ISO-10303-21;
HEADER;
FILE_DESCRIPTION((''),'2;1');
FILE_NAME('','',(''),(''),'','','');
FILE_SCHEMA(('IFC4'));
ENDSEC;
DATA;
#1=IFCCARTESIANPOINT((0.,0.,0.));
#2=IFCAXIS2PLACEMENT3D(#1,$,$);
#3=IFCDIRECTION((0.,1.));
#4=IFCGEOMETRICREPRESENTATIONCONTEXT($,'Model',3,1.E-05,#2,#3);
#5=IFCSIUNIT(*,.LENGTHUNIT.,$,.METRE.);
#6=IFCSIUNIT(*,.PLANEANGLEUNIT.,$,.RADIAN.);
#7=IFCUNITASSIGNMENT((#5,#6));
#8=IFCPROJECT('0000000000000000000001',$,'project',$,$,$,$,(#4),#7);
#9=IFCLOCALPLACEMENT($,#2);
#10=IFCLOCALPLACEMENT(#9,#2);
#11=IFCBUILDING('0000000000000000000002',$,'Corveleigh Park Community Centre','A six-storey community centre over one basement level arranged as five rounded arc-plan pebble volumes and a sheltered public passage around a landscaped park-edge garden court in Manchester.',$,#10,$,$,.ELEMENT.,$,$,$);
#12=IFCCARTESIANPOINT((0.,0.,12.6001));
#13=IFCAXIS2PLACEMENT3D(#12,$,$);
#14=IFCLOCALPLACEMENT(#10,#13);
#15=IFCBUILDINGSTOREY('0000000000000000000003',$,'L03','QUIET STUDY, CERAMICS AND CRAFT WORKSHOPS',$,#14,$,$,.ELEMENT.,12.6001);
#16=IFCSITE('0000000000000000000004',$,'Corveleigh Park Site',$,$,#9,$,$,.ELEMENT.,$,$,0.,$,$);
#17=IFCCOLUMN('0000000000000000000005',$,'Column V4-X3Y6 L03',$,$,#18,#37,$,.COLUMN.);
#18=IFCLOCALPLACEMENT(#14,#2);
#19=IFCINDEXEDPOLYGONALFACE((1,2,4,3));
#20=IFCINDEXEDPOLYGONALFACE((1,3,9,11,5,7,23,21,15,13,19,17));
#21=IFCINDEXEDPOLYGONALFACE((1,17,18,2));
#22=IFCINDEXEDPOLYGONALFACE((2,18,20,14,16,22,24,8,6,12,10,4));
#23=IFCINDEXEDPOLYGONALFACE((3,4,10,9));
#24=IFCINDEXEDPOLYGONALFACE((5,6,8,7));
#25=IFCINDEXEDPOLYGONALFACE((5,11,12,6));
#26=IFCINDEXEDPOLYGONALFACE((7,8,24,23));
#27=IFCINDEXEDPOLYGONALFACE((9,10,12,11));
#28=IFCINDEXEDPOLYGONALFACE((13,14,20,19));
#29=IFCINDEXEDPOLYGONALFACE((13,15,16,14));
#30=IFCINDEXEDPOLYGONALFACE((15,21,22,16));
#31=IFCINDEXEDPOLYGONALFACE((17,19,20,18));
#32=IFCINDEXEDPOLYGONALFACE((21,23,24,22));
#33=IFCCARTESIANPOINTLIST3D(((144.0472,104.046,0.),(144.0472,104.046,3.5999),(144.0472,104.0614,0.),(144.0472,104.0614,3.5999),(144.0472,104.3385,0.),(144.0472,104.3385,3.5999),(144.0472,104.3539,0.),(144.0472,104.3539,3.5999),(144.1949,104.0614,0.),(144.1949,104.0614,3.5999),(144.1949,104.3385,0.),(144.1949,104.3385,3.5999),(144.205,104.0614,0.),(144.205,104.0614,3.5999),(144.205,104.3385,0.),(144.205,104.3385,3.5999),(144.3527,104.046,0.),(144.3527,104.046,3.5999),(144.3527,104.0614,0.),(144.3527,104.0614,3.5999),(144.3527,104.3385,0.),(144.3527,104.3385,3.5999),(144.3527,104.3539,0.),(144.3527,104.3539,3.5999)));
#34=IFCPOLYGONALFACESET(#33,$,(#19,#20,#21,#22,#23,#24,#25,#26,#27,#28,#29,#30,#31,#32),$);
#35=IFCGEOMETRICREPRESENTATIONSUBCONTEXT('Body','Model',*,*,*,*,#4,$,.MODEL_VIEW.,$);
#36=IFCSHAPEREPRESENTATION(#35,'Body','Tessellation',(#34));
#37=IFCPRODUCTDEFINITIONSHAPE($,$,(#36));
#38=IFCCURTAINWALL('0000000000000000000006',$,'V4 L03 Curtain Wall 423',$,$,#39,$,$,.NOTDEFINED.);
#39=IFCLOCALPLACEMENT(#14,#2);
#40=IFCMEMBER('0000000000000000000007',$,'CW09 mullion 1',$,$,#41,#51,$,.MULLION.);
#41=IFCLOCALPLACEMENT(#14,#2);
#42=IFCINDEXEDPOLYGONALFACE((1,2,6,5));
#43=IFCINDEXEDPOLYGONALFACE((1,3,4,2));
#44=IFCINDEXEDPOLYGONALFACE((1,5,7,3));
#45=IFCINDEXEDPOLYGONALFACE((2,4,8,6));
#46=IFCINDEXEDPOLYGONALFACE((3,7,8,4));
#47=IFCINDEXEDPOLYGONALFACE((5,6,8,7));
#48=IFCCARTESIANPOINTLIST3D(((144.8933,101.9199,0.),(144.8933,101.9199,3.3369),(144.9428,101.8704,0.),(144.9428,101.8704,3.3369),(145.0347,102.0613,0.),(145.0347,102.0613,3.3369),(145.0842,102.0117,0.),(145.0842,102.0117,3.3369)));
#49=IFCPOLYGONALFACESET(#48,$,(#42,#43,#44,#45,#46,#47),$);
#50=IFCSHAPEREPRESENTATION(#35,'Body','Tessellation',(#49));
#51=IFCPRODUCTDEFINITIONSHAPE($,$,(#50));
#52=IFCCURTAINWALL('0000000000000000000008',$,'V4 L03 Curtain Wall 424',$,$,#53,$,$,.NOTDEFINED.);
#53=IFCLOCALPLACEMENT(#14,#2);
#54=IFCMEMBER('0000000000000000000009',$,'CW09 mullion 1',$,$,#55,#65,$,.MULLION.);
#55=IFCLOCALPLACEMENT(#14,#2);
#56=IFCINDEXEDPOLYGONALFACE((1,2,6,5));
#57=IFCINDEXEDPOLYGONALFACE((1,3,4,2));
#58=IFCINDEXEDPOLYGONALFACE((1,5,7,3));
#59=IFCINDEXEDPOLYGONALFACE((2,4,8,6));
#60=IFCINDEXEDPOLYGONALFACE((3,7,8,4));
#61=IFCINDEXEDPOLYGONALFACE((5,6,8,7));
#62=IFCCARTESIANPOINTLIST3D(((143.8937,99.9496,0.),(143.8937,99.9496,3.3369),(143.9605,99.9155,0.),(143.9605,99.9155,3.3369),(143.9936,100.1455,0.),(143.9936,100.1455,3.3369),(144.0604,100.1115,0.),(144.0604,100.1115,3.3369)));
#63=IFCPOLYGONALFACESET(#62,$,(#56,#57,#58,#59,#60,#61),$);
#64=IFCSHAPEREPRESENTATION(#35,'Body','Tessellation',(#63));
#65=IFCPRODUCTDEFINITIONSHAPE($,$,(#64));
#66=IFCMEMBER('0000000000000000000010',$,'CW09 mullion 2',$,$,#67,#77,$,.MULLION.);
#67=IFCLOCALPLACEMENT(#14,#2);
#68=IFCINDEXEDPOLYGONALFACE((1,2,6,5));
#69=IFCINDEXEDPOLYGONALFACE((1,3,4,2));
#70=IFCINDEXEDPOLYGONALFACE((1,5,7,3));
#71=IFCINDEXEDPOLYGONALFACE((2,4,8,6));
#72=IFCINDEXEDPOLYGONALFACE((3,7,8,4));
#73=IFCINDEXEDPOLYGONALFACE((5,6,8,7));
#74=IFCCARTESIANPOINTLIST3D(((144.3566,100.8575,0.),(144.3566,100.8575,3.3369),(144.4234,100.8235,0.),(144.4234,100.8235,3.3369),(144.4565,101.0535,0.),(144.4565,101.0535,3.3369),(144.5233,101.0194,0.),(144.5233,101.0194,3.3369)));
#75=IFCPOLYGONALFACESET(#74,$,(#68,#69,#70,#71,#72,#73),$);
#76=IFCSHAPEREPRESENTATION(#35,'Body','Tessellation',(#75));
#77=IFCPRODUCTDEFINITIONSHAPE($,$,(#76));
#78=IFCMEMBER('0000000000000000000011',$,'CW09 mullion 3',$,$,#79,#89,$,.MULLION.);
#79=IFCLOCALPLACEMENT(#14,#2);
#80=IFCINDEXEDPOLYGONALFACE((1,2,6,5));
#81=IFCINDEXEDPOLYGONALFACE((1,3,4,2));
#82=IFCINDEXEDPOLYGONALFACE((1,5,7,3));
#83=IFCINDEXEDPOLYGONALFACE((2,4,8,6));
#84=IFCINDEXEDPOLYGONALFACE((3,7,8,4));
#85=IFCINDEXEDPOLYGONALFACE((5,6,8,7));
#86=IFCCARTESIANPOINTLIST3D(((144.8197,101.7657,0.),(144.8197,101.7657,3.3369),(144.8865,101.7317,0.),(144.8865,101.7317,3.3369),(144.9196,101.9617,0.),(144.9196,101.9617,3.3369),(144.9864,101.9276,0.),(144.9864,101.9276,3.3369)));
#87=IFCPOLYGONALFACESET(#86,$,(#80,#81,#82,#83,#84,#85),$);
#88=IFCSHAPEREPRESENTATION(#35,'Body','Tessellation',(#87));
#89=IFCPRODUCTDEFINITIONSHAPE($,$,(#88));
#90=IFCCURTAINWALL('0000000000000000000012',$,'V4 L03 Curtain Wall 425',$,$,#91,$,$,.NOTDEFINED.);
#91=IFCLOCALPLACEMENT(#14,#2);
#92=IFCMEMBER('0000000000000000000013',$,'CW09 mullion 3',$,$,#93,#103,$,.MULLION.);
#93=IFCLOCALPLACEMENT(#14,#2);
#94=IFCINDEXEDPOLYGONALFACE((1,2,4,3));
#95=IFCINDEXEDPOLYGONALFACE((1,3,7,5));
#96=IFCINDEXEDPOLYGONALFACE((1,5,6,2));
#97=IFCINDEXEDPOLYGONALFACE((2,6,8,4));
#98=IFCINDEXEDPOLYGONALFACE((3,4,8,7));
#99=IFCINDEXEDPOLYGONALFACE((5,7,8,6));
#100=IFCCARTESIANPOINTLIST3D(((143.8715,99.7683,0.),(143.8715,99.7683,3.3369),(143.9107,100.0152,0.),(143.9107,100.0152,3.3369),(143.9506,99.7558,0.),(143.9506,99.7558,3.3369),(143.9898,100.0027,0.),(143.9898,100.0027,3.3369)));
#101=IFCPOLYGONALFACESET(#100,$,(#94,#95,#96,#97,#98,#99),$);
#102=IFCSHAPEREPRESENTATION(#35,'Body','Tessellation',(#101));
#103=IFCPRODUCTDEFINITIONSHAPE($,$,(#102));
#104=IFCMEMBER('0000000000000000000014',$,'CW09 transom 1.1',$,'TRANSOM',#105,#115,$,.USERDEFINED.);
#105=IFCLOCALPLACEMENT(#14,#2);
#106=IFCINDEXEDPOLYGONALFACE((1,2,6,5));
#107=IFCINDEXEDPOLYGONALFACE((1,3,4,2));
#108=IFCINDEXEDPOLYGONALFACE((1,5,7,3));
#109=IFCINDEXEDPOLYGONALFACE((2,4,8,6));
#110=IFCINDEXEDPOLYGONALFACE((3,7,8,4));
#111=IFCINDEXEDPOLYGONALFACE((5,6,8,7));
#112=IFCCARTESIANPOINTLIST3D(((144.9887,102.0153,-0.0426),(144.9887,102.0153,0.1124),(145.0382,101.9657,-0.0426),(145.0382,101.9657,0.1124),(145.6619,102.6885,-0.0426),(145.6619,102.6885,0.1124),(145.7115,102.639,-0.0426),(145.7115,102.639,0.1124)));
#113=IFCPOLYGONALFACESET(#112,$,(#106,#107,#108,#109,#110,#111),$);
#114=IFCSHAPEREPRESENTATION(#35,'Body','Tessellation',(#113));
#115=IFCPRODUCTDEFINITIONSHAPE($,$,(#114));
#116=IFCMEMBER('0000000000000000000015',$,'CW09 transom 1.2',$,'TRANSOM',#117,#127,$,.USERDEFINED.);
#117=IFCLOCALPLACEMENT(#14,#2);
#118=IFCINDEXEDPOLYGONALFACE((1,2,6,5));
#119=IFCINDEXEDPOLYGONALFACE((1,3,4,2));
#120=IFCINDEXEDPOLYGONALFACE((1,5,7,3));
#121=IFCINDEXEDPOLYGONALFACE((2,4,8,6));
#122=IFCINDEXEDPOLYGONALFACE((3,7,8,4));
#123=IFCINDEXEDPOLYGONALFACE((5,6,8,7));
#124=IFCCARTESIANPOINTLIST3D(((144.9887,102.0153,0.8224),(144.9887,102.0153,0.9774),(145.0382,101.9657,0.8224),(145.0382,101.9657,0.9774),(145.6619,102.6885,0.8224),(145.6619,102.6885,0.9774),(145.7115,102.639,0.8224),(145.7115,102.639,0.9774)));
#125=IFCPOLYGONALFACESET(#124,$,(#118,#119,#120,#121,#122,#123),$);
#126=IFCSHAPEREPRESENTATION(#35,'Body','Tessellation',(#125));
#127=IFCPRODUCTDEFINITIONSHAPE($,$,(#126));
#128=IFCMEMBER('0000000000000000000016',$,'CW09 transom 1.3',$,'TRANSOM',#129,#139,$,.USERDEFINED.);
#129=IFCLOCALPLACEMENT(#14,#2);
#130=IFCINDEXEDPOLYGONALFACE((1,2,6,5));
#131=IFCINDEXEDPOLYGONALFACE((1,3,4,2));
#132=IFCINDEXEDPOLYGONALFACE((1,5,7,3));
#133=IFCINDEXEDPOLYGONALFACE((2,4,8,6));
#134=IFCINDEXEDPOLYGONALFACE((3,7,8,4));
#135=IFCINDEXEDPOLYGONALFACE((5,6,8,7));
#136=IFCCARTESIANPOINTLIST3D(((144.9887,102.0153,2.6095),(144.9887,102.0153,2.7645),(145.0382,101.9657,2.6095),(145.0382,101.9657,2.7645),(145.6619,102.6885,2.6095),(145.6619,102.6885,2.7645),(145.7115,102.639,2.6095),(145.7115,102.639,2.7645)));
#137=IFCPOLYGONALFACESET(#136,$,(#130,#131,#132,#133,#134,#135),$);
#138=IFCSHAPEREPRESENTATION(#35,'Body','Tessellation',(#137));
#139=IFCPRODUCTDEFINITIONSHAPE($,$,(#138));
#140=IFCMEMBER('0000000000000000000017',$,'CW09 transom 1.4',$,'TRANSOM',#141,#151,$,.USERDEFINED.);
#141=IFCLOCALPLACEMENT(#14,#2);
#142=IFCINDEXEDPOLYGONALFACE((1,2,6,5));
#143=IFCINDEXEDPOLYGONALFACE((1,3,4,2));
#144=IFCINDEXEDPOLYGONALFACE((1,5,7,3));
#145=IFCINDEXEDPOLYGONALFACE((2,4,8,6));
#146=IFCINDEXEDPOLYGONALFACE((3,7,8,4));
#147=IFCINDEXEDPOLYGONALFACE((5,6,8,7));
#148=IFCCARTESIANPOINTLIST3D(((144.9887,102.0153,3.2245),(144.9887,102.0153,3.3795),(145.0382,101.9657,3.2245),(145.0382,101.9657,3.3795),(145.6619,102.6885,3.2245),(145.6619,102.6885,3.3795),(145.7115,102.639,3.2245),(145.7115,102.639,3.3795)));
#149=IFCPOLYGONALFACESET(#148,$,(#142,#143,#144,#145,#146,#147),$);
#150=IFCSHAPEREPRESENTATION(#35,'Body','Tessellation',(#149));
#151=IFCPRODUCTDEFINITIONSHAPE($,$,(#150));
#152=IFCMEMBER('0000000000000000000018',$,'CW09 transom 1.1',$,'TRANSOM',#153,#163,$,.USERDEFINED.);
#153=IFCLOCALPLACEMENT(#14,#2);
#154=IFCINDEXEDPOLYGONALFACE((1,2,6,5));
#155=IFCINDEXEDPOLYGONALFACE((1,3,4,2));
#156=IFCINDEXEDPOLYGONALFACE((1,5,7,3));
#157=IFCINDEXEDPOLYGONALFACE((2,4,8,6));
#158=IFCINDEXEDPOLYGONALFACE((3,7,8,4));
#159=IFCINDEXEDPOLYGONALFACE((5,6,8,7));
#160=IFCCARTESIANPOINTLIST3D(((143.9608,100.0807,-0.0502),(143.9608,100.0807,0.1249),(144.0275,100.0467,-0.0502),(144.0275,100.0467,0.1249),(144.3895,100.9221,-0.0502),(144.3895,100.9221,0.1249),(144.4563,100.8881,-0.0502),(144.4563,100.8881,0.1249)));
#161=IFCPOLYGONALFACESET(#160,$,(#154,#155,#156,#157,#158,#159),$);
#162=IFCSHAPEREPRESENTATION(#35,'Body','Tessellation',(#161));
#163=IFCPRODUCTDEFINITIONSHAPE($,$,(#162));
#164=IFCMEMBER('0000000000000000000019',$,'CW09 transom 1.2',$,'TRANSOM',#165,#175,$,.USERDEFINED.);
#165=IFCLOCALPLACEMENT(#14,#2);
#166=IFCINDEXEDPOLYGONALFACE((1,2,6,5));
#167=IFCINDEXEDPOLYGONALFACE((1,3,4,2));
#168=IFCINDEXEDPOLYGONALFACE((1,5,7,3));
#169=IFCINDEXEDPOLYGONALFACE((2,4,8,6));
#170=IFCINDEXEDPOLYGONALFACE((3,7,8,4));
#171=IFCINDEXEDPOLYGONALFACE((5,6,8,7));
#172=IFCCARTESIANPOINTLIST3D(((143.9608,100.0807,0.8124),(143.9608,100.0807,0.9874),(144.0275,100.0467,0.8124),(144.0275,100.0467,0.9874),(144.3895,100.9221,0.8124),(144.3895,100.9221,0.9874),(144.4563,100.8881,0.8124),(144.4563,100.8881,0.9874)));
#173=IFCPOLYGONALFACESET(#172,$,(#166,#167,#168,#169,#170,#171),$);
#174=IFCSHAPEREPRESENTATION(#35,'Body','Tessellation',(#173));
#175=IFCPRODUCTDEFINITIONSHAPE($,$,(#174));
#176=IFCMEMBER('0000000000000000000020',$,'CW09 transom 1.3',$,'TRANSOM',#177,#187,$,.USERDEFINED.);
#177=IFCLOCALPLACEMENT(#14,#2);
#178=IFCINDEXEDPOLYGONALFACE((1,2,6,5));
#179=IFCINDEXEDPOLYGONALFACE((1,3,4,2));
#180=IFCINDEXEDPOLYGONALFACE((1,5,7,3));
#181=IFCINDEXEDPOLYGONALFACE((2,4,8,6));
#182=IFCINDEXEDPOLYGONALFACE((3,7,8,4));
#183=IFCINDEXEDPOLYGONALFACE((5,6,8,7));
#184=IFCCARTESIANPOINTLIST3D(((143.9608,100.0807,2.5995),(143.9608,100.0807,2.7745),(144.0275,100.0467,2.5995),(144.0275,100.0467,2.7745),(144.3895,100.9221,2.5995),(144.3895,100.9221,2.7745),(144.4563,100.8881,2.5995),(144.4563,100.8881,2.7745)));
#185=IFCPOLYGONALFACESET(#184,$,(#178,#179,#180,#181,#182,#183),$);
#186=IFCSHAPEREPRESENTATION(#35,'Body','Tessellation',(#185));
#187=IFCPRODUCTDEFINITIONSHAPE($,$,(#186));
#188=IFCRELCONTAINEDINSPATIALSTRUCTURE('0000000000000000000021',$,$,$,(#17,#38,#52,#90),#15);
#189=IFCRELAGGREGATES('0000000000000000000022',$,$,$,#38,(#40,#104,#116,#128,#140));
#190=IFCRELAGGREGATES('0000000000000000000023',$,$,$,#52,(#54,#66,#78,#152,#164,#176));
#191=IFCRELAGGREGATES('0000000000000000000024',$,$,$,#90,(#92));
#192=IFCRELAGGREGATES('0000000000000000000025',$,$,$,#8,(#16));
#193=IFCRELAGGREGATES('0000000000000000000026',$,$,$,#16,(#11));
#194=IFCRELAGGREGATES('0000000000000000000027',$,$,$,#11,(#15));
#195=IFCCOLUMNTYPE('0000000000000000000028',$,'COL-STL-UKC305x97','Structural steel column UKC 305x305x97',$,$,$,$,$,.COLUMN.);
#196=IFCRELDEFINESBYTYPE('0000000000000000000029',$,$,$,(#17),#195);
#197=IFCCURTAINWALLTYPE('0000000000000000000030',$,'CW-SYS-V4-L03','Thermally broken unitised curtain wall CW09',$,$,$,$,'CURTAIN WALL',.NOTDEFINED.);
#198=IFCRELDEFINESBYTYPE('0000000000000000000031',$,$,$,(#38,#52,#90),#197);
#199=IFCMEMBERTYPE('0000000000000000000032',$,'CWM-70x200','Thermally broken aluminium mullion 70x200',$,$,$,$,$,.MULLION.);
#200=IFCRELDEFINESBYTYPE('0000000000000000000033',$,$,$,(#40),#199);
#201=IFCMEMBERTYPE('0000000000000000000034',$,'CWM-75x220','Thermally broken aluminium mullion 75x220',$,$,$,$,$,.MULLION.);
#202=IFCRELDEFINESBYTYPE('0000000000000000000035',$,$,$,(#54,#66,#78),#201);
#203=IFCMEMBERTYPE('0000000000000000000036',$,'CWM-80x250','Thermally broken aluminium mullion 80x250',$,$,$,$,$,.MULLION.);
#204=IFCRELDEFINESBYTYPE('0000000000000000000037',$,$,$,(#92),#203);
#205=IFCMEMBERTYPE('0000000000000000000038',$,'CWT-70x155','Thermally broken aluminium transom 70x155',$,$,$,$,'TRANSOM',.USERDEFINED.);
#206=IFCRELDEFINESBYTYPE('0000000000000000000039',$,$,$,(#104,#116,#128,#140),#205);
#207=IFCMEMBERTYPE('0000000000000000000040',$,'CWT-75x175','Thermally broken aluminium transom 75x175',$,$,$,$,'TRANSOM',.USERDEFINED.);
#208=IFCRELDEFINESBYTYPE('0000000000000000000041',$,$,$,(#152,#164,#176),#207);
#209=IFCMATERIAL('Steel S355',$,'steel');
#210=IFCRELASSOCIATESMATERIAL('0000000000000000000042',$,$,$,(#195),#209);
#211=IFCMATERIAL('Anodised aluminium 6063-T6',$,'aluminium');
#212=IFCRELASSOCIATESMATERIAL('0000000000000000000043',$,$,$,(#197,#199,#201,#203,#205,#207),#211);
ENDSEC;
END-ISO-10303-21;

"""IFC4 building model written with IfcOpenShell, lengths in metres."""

from ifc_helpers import new_model, si_unit, direction, frame, origin, origin_2d, place, context, subcontext, project, spatial, rectangle, i_section, extrude, material, material_profile, profile_set, type_object, element, aggregate, save


model = new_model("IFC4")

# Units and contexts
model_context = context("Model", 3, precision=1e-05, world=origin(), true_north=direction((0.0, 1.0)))
body_context = subcontext(model_context, "Body", "Model", "MODEL_VIEW")
ifc_project = project(units=[si_unit("LENGTHUNIT", "METRE"), si_unit("PLANEANGLEUNIT", "RADIAN")], contexts=[model_context])

# Site, building, storey
site_placement = place(None, origin())
site = spatial("IfcSite", under=ifc_project, at=site_placement, Name="Corveleigh Park Site", CompositionType="ELEMENT", RefElevation=0.0)
building_placement = place(site_placement, origin())
building = spatial("IfcBuilding", under=site, at=building_placement, Name="Corveleigh Park Community Centre", Description="A six-storey community centre over one basement level arranged as five rounded arc-plan pebble volumes and a sheltered public passage around a landscaped park-edge garden court in Manchester.", CompositionType="ELEMENT")
storey_placement = place(building_placement, frame((0.0, 0.0, 12.6001)))
storey = spatial("IfcBuildingStorey", under=building, at=storey_placement, Name="L03", Description="QUIET STUDY, CERAMICS AND CRAFT WORKSHOPS", CompositionType="ELEMENT", Elevation=12.6001)

# Column
ifc_material_1 = material(Name="Steel S355", Category="steel")
ifc_material_profile_1 = material_profile(ifc_material_1, i_section(OverallWidth=0.3054, OverallDepth=0.3079, WebThickness=0.01, FlangeThickness=0.0154, at=origin_2d()), Name="UKC 305x305x97", Category="steel")
ifc_profile_set_1 = profile_set([ifc_material_profile_1], Name="Steel S355")
column_type = type_object("IfcColumnType", Name="COL-STL-UKC305x97", Description="Structural steel column UKC 305x305x97", PredefinedType="COLUMN", material=ifc_profile_set_1)
column_placement = place(storey_placement, frame((144.2, 104.2, 0.0), z_axis=(0.0, 0.0, 1.0), x_axis=(1.0, 0.0, 0.0)))
element("IfcColumn", 1, at=column_placement, inside=storey, type_object=column_type, Name="Column V4-X3Y6 L03", PredefinedType="COLUMN", context=body_context, shape_type="SweptSolid", body=[
    extrude(i_section(OverallWidth=0.3054, OverallDepth=0.3079, WebThickness=0.01, FlangeThickness=0.0154, at=origin_2d()), origin(), (0.0, 0.0, 1.0), 3.5999),
])

# Curtain wall, member
ifc_material_2 = material(Name="Anodised aluminium 6063-T6", Category="aluminium")
curtain_wall_type = type_object("IfcCurtainWallType", Name="CW-SYS-V4-L03", Description="Thermally broken unitised curtain wall CW09", ElementType="CURTAIN WALL", PredefinedType="NOTDEFINED", material=ifc_material_2)
curtain_wall_1_placement = place(storey_placement, origin())
curtain_wall_1 = element("IfcCurtainWall", 2, at=curtain_wall_1_placement, inside=storey, type_object=curtain_wall_type, Name="V4 L03 Curtain Wall 423", PredefinedType="NOTDEFINED")
ifc_material_profile_2 = material_profile(ifc_material_2, rectangle(XDim=0.0701, YDim=0.2, at=origin_2d()), Name="ALU-M70x200", Category="aluminium")
ifc_profile_set_2 = profile_set([ifc_material_profile_2], Name="Anodised aluminium 6063-T6")
member_type_1 = type_object("IfcMemberType", Name="CWM-70x200", Description="Thermally broken aluminium mullion 70x200", PredefinedType="MULLION", material=ifc_profile_set_2)
member_1_placement = place(storey_placement, frame((144.9888, 101.9658, 0.0), z_axis=(0.0, 0.0, 1.0), x_axis=(-0.707107, 0.707107, 0.0)))
member_1 = element("IfcMember", 3, at=member_1_placement, type_object=member_type_1, Name="CW09 mullion 1", PredefinedType="MULLION", context=body_context, shape_type="SweptSolid", body=[
    extrude(rectangle(XDim=0.0701, YDim=0.2, at=origin_2d()), origin(), (0.0, 0.0, 1.0), 3.3369),
])

# Curtain wall, members
curtain_wall_2_placement = place(storey_placement, origin())
curtain_wall_2 = element("IfcCurtainWall", 4, at=curtain_wall_2_placement, inside=storey, type_object=curtain_wall_type, Name="V4 L03 Curtain Wall 424", PredefinedType="NOTDEFINED")
ifc_material_profile_3 = material_profile(ifc_material_2, rectangle(XDim=0.075, YDim=0.22, at=origin_2d()), Name="ALU-M75x220", Category="aluminium")
ifc_profile_set_3 = profile_set([ifc_material_profile_3], Name="Anodised aluminium 6063-T6")
member_type_2 = type_object("IfcMemberType", Name="CWM-75x220", Description="Thermally broken aluminium mullion 75x220", PredefinedType="MULLION", material=ifc_profile_set_3)
member_2_placement = place(storey_placement, frame((143.9771, 100.0305, 0.0), z_axis=(0.0, 0.0, 1.0), x_axis=(-0.890899, 0.454202, 0.0)))
member_2 = element("IfcMember", 5, at=member_2_placement, type_object=member_type_2, Name="CW09 mullion 1", PredefinedType="MULLION", context=body_context, shape_type="SweptSolid", body=[
    extrude(rectangle(XDim=0.075, YDim=0.22, at=origin_2d()), origin(), (0.0, 0.0, 1.0), 3.3369),
])
member_3_placement = place(storey_placement, frame((144.4399, 100.9385, 0.0), z_axis=(0.0, 0.0, 1.0), x_axis=(-0.890899, 0.454202, 0.0)))
member_3 = element("IfcMember", 6, at=member_3_placement, type_object=member_type_2, Name="CW09 mullion 2", PredefinedType="MULLION", context=body_context, shape_type="SweptSolid", body=[
    extrude(rectangle(XDim=0.075, YDim=0.22, at=origin_2d()), origin(), (0.0, 0.0, 1.0), 3.3369),
])
member_4_placement = place(storey_placement, frame((144.9031, 101.8467, 0.0), z_axis=(0.0, 0.0, 1.0), x_axis=(-0.890899, 0.454202, 0.0)))
member_4 = element("IfcMember", 7, at=member_4_placement, type_object=member_type_2, Name="CW09 mullion 3", PredefinedType="MULLION", context=body_context, shape_type="SweptSolid", body=[
    extrude(rectangle(XDim=0.075, YDim=0.22, at=origin_2d()), origin(), (0.0, 0.0, 1.0), 3.3369),
])

# Curtain wall, member
curtain_wall_3_placement = place(storey_placement, origin())
curtain_wall_3 = element("IfcCurtainWall", 8, at=curtain_wall_3_placement, inside=storey, type_object=curtain_wall_type, Name="V4 L03 Curtain Wall 425", PredefinedType="NOTDEFINED")
ifc_material_profile_4 = material_profile(ifc_material_2, rectangle(XDim=0.0801, YDim=0.25, at=origin_2d()), Name="ALU-M80x250", Category="aluminium")
ifc_profile_set_4 = profile_set([ifc_material_profile_4], Name="Anodised aluminium 6063-T6")
member_type_3 = type_object("IfcMemberType", Name="CWM-80x250", Description="Thermally broken aluminium mullion 80x250", PredefinedType="MULLION", material=ifc_profile_set_4)
member_5_placement = place(storey_placement, frame((143.9307, 99.8855, 0.0), z_axis=(0.0, 0.0, 1.0), x_axis=(-0.987626, 0.156825, 0.0)))
member_5 = element("IfcMember", 9, at=member_5_placement, type_object=member_type_3, Name="CW09 mullion 3", PredefinedType="MULLION", context=body_context, shape_type="SweptSolid", body=[
    extrude(rectangle(XDim=0.0801, YDim=0.25, at=origin_2d()), origin(), (0.0, 0.0, 1.0), 3.3369),
])

# Members
ifc_material_profile_5 = material_profile(ifc_material_2, rectangle(XDim=0.0701, YDim=0.155, at=origin_2d()), Name="ALU-T70x155", Category="aluminium")
ifc_profile_set_5 = profile_set([ifc_material_profile_5], Name="Anodised aluminium 6063-T6")
member_type_4 = type_object("IfcMemberType", Name="CWT-70x155", Description="Thermally broken aluminium transom 70x155", ElementType="TRANSOM", PredefinedType="USERDEFINED", material=ifc_profile_set_5)
member_6_placement = place(storey_placement, frame((145.0134, 101.9905, 0.0349), z_axis=(0.707107, 0.707107, 0.0), x_axis=(-0.707107, 0.707107, 0.0)))
member_6 = element("IfcMember", 10, at=member_6_placement, type_object=member_type_4, Name="CW09 transom 1.1", ObjectType="TRANSOM", PredefinedType="USERDEFINED", context=body_context, shape_type="SweptSolid", body=[
    extrude(rectangle(XDim=0.0701, YDim=0.155, at=origin_2d()), origin(), (0.0, 0.0, 1.0), 0.9521),
])
member_7_placement = place(storey_placement, frame((145.0134, 101.9905, 0.8999), z_axis=(0.707107, 0.707107, 0.0), x_axis=(-0.707107, 0.707107, 0.0)))
member_7 = element("IfcMember", 11, at=member_7_placement, type_object=member_type_4, Name="CW09 transom 1.2", ObjectType="TRANSOM", PredefinedType="USERDEFINED", context=body_context, shape_type="SweptSolid", body=[
    extrude(rectangle(XDim=0.0701, YDim=0.155, at=origin_2d()), origin(), (0.0, 0.0, 1.0), 0.9521),
])
member_8_placement = place(storey_placement, frame((145.0134, 101.9905, 2.687), z_axis=(0.707107, 0.707107, 0.0), x_axis=(-0.707107, 0.707107, 0.0)))
member_8 = element("IfcMember", 12, at=member_8_placement, type_object=member_type_4, Name="CW09 transom 1.3", ObjectType="TRANSOM", PredefinedType="USERDEFINED", context=body_context, shape_type="SweptSolid", body=[
    extrude(rectangle(XDim=0.0701, YDim=0.155, at=origin_2d()), origin(), (0.0, 0.0, 1.0), 0.9521),
])
member_9_placement = place(storey_placement, frame((145.0134, 101.9905, 3.302), z_axis=(0.707107, 0.707107, 0.0), x_axis=(-0.707107, 0.707107, 0.0)))
member_9 = element("IfcMember", 13, at=member_9_placement, type_object=member_type_4, Name="CW09 transom 1.4", ObjectType="TRANSOM", PredefinedType="USERDEFINED", context=body_context, shape_type="SweptSolid", body=[
    extrude(rectangle(XDim=0.0701, YDim=0.155, at=origin_2d()), origin(), (0.0, 0.0, 1.0), 0.9521),
])
aggregate(curtain_wall_1, [member_1, member_6, member_7, member_8, member_9])
ifc_material_profile_6 = material_profile(ifc_material_2, rectangle(XDim=0.075, YDim=0.175, at=origin_2d()), Name="ALU-T75x175", Category="aluminium")
ifc_profile_set_6 = profile_set([ifc_material_profile_6], Name="Anodised aluminium 6063-T6")
member_type_5 = type_object("IfcMemberType", Name="CWT-75x175", Description="Thermally broken aluminium transom 75x175", ElementType="TRANSOM", PredefinedType="USERDEFINED", material=ifc_profile_set_6)
member_10_placement = place(storey_placement, frame((143.9941, 100.0637, 0.0374), z_axis=(0.454026, 0.890988, 0.0), x_axis=(-0.890988, 0.454026, 0.0)))
member_10 = element("IfcMember", 14, at=member_10_placement, type_object=member_type_5, Name="CW09 transom 1.1", ObjectType="TRANSOM", PredefinedType="USERDEFINED", context=body_context, shape_type="SweptSolid", body=[
    extrude(rectangle(XDim=0.075, YDim=0.175, at=origin_2d()), origin(), (0.0, 0.0, 1.0), 0.9443),
])
member_11_placement = place(storey_placement, frame((143.9941, 100.0637, 0.8999), z_axis=(0.454026, 0.890988, 0.0), x_axis=(-0.890988, 0.454026, 0.0)))
member_11 = element("IfcMember", 15, at=member_11_placement, type_object=member_type_5, Name="CW09 transom 1.2", ObjectType="TRANSOM", PredefinedType="USERDEFINED", context=body_context, shape_type="SweptSolid", body=[
    extrude(rectangle(XDim=0.075, YDim=0.175, at=origin_2d()), origin(), (0.0, 0.0, 1.0), 0.9443),
])
member_12_placement = place(storey_placement, frame((143.9941, 100.0637, 2.687), z_axis=(0.454026, 0.890988, 0.0), x_axis=(-0.890988, 0.454026, 0.0)))
member_12 = element("IfcMember", 16, at=member_12_placement, type_object=member_type_5, Name="CW09 transom 1.3", ObjectType="TRANSOM", PredefinedType="USERDEFINED", context=body_context, shape_type="SweptSolid", body=[
    extrude(rectangle(XDim=0.075, YDim=0.175, at=origin_2d()), origin(), (0.0, 0.0, 1.0), 0.9443),
])

aggregate(curtain_wall_2, [member_2, member_3, member_4, member_10, member_11, member_12])
aggregate(curtain_wall_3, [member_5])

save(model, "model.ifc")
